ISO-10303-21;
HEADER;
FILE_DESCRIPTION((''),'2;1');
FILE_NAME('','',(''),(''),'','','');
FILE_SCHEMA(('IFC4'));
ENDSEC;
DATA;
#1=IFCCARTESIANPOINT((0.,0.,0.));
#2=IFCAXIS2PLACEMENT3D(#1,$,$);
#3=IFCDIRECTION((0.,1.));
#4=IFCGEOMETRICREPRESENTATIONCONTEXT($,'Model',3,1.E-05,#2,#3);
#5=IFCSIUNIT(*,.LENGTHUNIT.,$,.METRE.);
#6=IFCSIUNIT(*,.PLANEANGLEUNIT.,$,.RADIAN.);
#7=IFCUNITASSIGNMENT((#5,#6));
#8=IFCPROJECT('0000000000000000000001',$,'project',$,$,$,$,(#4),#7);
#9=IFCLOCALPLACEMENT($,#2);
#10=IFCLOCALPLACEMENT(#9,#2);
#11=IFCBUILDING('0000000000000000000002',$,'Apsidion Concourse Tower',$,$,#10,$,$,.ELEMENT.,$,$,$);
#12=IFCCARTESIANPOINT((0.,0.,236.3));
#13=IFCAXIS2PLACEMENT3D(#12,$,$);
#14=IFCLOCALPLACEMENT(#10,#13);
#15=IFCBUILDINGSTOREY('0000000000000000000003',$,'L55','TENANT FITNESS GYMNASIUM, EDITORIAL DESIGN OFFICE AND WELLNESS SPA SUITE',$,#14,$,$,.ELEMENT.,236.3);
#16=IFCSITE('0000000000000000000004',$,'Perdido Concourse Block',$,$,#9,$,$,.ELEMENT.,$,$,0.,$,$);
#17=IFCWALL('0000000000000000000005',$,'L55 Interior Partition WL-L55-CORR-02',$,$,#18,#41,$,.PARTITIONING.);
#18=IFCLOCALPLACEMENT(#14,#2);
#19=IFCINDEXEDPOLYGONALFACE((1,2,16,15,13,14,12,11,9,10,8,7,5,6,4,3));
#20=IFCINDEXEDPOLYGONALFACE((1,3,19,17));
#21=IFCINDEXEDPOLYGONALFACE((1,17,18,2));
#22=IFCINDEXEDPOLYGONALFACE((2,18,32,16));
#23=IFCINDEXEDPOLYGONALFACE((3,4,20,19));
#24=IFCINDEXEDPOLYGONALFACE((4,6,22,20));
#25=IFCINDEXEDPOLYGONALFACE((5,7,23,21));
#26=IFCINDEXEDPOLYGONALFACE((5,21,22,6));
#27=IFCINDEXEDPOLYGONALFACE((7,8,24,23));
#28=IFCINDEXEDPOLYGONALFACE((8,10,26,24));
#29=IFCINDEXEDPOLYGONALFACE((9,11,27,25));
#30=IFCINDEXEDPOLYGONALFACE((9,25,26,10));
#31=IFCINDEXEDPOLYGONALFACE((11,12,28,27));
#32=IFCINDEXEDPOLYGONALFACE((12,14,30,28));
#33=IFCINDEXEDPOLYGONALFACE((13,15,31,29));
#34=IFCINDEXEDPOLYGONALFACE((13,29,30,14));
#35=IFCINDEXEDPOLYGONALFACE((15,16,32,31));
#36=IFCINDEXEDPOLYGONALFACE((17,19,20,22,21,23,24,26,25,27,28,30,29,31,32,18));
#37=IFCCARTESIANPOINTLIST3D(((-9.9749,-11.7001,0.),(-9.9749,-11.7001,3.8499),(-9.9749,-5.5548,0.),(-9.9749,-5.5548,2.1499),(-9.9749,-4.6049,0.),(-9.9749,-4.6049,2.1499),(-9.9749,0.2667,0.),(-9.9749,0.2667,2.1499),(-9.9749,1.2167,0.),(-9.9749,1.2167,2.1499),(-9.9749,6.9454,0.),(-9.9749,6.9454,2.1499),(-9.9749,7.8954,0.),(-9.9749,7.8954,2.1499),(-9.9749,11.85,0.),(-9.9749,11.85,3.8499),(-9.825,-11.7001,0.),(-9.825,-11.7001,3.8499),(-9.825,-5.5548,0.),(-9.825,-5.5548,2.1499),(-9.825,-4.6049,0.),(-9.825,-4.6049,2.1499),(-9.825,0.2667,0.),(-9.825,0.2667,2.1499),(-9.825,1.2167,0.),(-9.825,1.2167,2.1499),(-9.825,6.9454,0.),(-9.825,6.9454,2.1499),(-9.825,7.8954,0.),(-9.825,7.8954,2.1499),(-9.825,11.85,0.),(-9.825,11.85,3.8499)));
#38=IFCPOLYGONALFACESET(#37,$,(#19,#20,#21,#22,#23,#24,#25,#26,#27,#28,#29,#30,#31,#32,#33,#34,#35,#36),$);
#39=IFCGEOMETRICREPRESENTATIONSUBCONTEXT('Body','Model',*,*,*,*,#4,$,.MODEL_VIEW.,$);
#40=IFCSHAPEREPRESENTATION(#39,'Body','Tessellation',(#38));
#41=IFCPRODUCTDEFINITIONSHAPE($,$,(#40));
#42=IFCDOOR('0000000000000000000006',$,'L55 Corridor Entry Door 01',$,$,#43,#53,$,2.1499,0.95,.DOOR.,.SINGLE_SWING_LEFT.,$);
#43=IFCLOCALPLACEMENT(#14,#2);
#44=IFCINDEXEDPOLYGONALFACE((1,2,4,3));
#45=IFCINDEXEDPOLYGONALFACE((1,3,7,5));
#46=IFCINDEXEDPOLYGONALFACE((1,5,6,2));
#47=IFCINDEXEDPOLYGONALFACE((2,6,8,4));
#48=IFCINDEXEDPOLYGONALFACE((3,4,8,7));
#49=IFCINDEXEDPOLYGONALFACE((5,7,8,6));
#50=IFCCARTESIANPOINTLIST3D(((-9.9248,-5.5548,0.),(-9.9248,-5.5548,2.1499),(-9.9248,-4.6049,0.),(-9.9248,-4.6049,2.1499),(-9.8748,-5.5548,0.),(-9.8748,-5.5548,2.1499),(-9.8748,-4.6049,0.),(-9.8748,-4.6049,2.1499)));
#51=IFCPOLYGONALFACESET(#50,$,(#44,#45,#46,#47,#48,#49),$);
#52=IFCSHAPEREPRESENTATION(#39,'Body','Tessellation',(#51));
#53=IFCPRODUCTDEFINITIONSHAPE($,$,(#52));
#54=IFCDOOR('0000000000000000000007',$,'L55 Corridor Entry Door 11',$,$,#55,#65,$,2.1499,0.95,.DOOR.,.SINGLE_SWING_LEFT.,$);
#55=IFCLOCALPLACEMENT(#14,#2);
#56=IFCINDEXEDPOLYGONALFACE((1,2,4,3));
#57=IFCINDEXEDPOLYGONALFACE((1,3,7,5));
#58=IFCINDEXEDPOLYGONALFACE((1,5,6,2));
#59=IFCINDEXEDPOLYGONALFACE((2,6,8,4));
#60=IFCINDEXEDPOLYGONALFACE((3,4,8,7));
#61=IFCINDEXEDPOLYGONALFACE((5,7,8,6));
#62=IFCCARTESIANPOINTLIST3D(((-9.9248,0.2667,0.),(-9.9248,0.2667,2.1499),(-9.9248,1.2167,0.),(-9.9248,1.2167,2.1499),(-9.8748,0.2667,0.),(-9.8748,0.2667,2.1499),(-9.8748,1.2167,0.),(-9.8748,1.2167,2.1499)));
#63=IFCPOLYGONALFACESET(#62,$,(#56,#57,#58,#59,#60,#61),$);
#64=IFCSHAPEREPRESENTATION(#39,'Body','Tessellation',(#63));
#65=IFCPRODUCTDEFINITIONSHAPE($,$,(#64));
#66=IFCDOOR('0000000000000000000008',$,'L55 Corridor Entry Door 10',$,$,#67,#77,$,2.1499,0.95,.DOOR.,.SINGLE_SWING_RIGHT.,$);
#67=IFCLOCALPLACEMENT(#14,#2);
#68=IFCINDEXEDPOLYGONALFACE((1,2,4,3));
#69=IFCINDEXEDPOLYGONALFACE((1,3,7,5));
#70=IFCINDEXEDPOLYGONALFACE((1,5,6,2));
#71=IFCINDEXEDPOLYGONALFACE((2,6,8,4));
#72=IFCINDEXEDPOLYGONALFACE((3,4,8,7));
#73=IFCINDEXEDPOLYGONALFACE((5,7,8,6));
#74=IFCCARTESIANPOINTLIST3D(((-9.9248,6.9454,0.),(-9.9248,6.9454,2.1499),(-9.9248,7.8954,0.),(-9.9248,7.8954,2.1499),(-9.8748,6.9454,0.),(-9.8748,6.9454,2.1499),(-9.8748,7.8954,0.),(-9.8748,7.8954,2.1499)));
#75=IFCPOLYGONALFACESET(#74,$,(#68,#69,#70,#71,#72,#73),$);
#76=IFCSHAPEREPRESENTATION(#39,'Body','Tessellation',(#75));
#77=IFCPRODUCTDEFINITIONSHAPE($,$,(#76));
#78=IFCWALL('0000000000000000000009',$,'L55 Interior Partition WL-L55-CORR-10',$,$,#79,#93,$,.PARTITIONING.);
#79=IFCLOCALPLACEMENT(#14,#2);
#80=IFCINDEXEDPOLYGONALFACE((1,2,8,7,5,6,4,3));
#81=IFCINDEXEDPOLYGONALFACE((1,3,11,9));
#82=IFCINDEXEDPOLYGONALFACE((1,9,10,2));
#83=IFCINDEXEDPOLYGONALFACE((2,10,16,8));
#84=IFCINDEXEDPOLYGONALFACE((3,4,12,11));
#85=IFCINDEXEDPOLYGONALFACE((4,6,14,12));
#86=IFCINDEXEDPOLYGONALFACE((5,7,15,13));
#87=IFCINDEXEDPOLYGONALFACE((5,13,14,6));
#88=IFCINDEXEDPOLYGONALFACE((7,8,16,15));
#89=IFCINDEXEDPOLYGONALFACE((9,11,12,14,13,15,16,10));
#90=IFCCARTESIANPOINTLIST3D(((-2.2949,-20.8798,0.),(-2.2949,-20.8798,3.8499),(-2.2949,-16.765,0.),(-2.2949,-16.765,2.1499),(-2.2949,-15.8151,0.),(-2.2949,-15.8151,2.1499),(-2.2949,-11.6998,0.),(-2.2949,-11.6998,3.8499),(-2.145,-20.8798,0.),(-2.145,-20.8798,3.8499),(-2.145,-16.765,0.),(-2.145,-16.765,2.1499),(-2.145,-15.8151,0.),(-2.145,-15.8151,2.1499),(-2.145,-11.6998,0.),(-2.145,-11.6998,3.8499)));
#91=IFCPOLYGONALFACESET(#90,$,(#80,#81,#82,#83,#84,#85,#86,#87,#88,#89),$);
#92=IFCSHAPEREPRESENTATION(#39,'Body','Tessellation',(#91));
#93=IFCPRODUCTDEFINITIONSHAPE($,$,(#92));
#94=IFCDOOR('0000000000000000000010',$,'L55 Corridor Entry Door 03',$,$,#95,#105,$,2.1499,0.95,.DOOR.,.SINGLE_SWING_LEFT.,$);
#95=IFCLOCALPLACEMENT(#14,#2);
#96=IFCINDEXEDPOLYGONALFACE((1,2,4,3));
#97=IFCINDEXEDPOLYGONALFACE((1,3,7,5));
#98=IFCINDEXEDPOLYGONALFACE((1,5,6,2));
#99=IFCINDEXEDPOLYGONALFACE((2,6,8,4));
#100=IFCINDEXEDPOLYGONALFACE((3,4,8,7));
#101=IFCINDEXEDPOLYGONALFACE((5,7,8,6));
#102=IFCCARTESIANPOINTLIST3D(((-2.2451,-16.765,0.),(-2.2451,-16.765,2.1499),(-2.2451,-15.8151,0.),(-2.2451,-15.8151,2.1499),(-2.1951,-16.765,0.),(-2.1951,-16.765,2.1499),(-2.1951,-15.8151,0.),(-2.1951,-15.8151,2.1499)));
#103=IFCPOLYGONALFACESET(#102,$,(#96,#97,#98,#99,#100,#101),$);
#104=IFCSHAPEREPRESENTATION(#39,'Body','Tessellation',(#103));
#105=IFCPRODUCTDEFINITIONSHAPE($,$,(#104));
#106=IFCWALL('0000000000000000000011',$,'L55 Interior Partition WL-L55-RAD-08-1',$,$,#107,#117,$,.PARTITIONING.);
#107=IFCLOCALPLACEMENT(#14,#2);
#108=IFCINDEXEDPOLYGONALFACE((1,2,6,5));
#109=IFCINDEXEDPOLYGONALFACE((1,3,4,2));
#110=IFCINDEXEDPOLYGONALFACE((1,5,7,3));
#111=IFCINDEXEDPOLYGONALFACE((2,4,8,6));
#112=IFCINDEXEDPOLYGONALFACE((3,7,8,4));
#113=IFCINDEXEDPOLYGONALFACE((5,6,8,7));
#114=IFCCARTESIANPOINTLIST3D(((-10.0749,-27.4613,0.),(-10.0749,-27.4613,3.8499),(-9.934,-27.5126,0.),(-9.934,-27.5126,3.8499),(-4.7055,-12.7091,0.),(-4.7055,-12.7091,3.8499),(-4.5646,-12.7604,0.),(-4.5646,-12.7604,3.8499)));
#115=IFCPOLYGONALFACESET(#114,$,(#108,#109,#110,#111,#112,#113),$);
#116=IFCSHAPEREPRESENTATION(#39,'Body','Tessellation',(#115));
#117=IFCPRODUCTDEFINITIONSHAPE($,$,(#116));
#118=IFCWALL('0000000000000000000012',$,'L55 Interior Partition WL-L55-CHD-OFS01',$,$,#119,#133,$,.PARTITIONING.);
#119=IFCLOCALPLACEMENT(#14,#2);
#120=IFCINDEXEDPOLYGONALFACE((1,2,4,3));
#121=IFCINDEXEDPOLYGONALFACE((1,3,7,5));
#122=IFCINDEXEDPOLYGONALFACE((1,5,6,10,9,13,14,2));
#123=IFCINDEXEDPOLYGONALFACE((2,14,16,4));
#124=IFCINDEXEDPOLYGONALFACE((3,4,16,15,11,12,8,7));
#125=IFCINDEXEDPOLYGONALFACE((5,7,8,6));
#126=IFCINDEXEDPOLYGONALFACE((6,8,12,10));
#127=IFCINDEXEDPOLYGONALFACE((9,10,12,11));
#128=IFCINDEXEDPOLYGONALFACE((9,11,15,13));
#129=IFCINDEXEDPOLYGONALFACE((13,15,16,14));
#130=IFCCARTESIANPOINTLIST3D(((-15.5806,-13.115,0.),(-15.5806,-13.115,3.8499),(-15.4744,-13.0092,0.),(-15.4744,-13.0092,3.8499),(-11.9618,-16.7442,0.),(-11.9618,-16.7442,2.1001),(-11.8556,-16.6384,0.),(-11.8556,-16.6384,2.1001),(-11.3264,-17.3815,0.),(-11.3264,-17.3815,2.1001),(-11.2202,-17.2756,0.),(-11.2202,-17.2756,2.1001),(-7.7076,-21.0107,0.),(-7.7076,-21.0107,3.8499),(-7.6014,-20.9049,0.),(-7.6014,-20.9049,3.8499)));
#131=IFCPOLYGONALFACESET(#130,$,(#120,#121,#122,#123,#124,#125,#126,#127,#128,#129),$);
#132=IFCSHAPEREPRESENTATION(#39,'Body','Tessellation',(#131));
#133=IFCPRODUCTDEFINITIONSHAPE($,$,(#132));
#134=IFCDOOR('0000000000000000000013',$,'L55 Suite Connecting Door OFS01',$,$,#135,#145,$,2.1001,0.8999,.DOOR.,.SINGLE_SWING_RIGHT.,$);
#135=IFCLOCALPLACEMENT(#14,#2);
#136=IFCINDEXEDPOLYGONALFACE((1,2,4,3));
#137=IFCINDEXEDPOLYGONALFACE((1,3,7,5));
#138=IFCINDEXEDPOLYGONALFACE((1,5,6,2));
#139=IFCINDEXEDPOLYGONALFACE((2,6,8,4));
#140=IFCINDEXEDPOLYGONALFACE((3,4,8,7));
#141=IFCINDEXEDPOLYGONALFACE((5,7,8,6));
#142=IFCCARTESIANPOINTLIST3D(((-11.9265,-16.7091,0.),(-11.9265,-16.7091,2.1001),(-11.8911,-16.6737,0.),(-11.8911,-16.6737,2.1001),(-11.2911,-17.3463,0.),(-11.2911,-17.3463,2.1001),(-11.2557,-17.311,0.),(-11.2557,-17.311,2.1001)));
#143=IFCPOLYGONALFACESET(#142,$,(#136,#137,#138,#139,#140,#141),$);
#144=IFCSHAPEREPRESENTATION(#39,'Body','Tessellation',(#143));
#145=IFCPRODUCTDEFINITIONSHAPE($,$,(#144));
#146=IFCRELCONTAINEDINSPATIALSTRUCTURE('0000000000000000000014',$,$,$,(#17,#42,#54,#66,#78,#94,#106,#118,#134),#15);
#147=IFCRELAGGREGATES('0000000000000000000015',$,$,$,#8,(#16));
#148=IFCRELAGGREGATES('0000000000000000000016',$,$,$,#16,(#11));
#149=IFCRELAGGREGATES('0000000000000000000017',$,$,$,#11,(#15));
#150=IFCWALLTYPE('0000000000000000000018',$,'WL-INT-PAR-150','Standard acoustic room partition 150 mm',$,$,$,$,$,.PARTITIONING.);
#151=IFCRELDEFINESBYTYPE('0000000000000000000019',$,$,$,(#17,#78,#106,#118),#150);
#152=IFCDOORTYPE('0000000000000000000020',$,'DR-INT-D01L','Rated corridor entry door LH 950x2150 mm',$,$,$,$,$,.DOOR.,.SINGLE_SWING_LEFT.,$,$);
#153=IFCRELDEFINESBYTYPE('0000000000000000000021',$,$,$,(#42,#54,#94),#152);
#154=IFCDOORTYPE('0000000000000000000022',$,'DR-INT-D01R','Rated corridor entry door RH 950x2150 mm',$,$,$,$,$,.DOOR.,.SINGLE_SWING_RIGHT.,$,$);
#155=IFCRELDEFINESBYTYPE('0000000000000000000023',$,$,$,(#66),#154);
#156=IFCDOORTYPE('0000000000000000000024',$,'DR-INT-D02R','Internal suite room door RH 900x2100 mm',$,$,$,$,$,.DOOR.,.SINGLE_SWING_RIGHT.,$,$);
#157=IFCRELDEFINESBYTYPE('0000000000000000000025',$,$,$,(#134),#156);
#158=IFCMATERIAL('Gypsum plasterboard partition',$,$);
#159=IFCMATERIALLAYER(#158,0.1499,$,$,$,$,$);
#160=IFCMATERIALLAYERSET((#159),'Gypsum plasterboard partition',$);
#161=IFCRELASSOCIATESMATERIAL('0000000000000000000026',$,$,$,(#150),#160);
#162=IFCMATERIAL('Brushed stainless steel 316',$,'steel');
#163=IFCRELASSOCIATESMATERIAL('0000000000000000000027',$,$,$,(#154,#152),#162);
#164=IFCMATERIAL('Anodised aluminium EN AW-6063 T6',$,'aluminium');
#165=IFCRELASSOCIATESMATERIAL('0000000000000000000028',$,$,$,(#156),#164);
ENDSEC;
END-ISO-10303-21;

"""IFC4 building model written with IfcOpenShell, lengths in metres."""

from ifc_helpers import new_model, si_unit, direction, frame, frame_2d, origin, place, context, subcontext, project, spatial, rectangle, extrude, material, layer, layer_set, type_object, element, fill, save


model = new_model("IFC4")

# Units and contexts
model_context = context("Model", 3, precision=1e-05, world=origin(), true_north=direction((0.0, 1.0)))
body_context = subcontext(model_context, "Body", "Model", "MODEL_VIEW")
ifc_project = project(units=[si_unit("LENGTHUNIT", "METRE"), si_unit("PLANEANGLEUNIT", "RADIAN")], contexts=[model_context])

# Site, building, storey
site_placement = place(None, origin())
site = spatial("IfcSite", under=ifc_project, at=site_placement, Name="Perdido Concourse Block", CompositionType="ELEMENT", RefElevation=0.0)
building_placement = place(site_placement, origin())
building = spatial("IfcBuilding", under=site, at=building_placement, Name="Apsidion Concourse Tower", CompositionType="ELEMENT")
storey_placement = place(building_placement, frame((0.0, 0.0, 236.3)))
storey = spatial("IfcBuildingStorey", under=building, at=storey_placement, Name="L55", Description="TENANT FITNESS GYMNASIUM, EDITORIAL DESIGN OFFICE AND WELLNESS SPA SUITE", CompositionType="ELEMENT", Elevation=236.3)

# Shared definitions
ifc_material_1 = material(Name="Gypsum plasterboard partition")
ifc_layer = layer(ifc_material_1, 0.1499)
ifc_layer_set = layer_set([ifc_layer], Name="Gypsum plasterboard partition")
wall_type = type_object("IfcWallType", Name="WL-INT-PAR-150", Description="Standard acoustic room partition 150 mm", PredefinedType="PARTITIONING", material=ifc_layer_set)
ifc_material_2 = material(Name="Brushed stainless steel 316", Category="steel")
door_type_1 = type_object("IfcDoorType", Name="DR-INT-D01R", Description="Rated corridor entry door RH 950x2150 mm", OperationType="SINGLE_SWING_RIGHT", PredefinedType="DOOR", material=ifc_material_2)

# Wall, openings, doors
wall_1_placement = place(storey_placement, frame((-9.8999, -11.7, 0.0), z_axis=(0.0, 0.0, 1.0), x_axis=(0.0, 1.0, 0.0)))
wall_1 = element("IfcWall", 1, at=wall_1_placement, inside=storey, type_object=wall_type, Name="L55 Interior Partition WL-L55-CORR-02", PredefinedType="PARTITIONING", context=body_context, shape_type="SweptSolid", body=[
    extrude(rectangle(XDim=23.55, YDim=0.1499, at=frame_2d((11.7749, 0.0))), origin(), (0.0, 0.0, 1.0), 3.8499),
])
opening_1_placement = place(wall_1_placement, frame((6.145, 0.0, 0.0)))
opening_1 = element("IfcOpeningElement", 2, at=opening_1_placement, cuts=wall_1, PredefinedType="OPENING", context=body_context, shape_type="SweptSolid", body=[
    extrude(rectangle(XDim=0.95, YDim=2.1499, at=frame_2d((0.4751, 1.075))), frame((0.0, 0.085, 0.0), z_axis=(0.0, -1.0, 0.0), x_axis=(1.0, 0.0, 0.0)), (0.0, 0.0, 1.0), 0.1699),
])
opening_2_placement = place(wall_1_placement, frame((18.6453, 0.0, 0.0)))
opening_2 = element("IfcOpeningElement", 3, at=opening_2_placement, cuts=wall_1, PredefinedType="OPENING", context=body_context, shape_type="SweptSolid", body=[
    extrude(rectangle(XDim=0.95, YDim=2.1499, at=frame_2d((0.4751, 1.075))), frame((0.0, 0.085, 0.0), z_axis=(0.0, -1.0, 0.0), x_axis=(1.0, 0.0, 0.0)), (0.0, 0.0, 1.0), 0.1699),
])
opening_3_placement = place(wall_1_placement, frame((11.9666, 0.0, 0.0)))
opening_3 = element("IfcOpeningElement", 4, at=opening_3_placement, cuts=wall_1, PredefinedType="OPENING", context=body_context, shape_type="SweptSolid", body=[
    extrude(rectangle(XDim=0.95, YDim=2.1499, at=frame_2d((0.4751, 1.075))), frame((0.0, 0.085, 0.0), z_axis=(0.0, -1.0, 0.0), x_axis=(1.0, 0.0, 0.0)), (0.0, 0.0, 1.0), 0.1699),
])
door_type_2 = type_object("IfcDoorType", Name="DR-INT-D01L", Description="Rated corridor entry door LH 950x2150 mm", OperationType="SINGLE_SWING_LEFT", PredefinedType="DOOR", material=ifc_material_2)
door_1_placement = place(opening_1_placement, origin())
door_1 = element("IfcDoor", 5, at=door_1_placement, inside=storey, type_object=door_type_2, Name="L55 Corridor Entry Door 01", OperationType="SINGLE_SWING_LEFT", OverallHeight=2.1499, OverallWidth=0.95, PredefinedType="DOOR", context=body_context, shape_type="SweptSolid", body=[
    extrude(rectangle(XDim=0.95, YDim=2.1499, at=frame_2d((0.4751, 1.075))), frame((0.0, 0.0249, 0.0), z_axis=(0.0, -1.0, 0.0), x_axis=(1.0, 0.0, 0.0)), (0.0, 0.0, 1.0), 0.05),
])
fill(opening_1, door_1)
door_2_placement = place(opening_3_placement, origin())
door_2 = element("IfcDoor", 6, at=door_2_placement, inside=storey, type_object=door_type_2, Name="L55 Corridor Entry Door 11", OperationType="SINGLE_SWING_LEFT", OverallHeight=2.1499, OverallWidth=0.95, PredefinedType="DOOR", context=body_context, shape_type="SweptSolid", body=[
    extrude(rectangle(XDim=0.95, YDim=2.1499, at=frame_2d((0.4751, 1.075))), frame((0.0, 0.0249, 0.0), z_axis=(0.0, -1.0, 0.0), x_axis=(1.0, 0.0, 0.0)), (0.0, 0.0, 1.0), 0.05),
])
fill(opening_3, door_2)
door_3_placement = place(opening_2_placement, origin())
door_3 = element("IfcDoor", 7, at=door_3_placement, inside=storey, type_object=door_type_1, Name="L55 Corridor Entry Door 10", OperationType="SINGLE_SWING_RIGHT", OverallHeight=2.1499, OverallWidth=0.95, PredefinedType="DOOR", context=body_context, shape_type="SweptSolid", body=[
    extrude(rectangle(XDim=0.95, YDim=2.1499, at=frame_2d((0.4751, 1.075))), frame((0.0, 0.0249, 0.0), z_axis=(0.0, -1.0, 0.0), x_axis=(1.0, 0.0, 0.0)), (0.0, 0.0, 1.0), 0.05),
])
fill(opening_2, door_3)

# Wall, opening, door
wall_2_placement = place(storey_placement, frame((-2.22, -11.7, 0.0), z_axis=(0.0, 0.0, 1.0), x_axis=(0.0, -1.0, 0.0)))
wall_2 = element("IfcWall", 8, at=wall_2_placement, inside=storey, type_object=wall_type, Name="L55 Interior Partition WL-L55-CORR-10", PredefinedType="PARTITIONING", context=body_context, shape_type="SweptSolid", body=[
    extrude(rectangle(XDim=9.1799, YDim=0.1499, at=frame_2d((4.5898, 0.0))), origin(), (0.0, 0.0, 1.0), 3.8499),
])
opening_4_placement = place(wall_2_placement, frame((4.115, 0.0, 0.0)))
opening_4 = element("IfcOpeningElement", 9, at=opening_4_placement, cuts=wall_2, PredefinedType="OPENING", context=body_context, shape_type="SweptSolid", body=[
    extrude(rectangle(XDim=0.95, YDim=2.1499, at=frame_2d((0.4751, 1.075))), frame((0.0, 0.085, 0.0), z_axis=(0.0, -1.0, 0.0), x_axis=(1.0, 0.0, 0.0)), (0.0, 0.0, 1.0), 0.1699),
])
door_4_placement = place(opening_4_placement, origin())
door_4 = element("IfcDoor", 10, at=door_4_placement, inside=storey, type_object=door_type_2, Name="L55 Corridor Entry Door 03", OperationType="SINGLE_SWING_LEFT", OverallHeight=2.1499, OverallWidth=0.95, PredefinedType="DOOR", context=body_context, shape_type="SweptSolid", body=[
    extrude(rectangle(XDim=0.95, YDim=2.1499, at=frame_2d((0.4751, 1.075))), frame((0.0, 0.0249, 0.0), z_axis=(0.0, -1.0, 0.0), x_axis=(1.0, 0.0, 0.0)), (0.0, 0.0, 1.0), 0.05),
])
fill(opening_4, door_4)

# Wall
wall_3_placement = place(storey_placement, frame((-4.635, -12.7346, 0.0), z_axis=(0.0, 0.0, 1.0), x_axis=(-0.342021, -0.939692, 0.0)))
element("IfcWall", 11, at=wall_3_placement, inside=storey, type_object=wall_type, Name="L55 Interior Partition WL-L55-RAD-08-1", PredefinedType="PARTITIONING", context=body_context, shape_type="SweptSolid", body=[
    extrude(rectangle(XDim=15.699, YDim=0.1499, at=frame_2d((7.8496, 0.0))), origin(), (0.0, 0.0, 1.0), 3.8499),
])

# Wall, opening, door
wall_4_placement = place(storey_placement, frame((-15.5276, -13.062, 0.0), z_axis=(0.0, 0.0, 1.0), x_axis=(0.706088, -0.708124, 0.0)))
wall_4 = element("IfcWall", 12, at=wall_4_placement, inside=storey, type_object=wall_type, Name="L55 Interior Partition WL-L55-CHD-OFS01", PredefinedType="PARTITIONING", context=body_context, shape_type="SweptSolid", body=[
    extrude(rectangle(XDim=11.1501, YDim=0.1499, at=frame_2d((5.5752, 0.0))), origin(), (0.0, 0.0, 1.0), 3.8499),
])
opening_5_placement = place(wall_4_placement, frame((5.1252, 0.0, 0.0)))
opening_5 = element("IfcOpeningElement", 13, at=opening_5_placement, cuts=wall_4, PredefinedType="OPENING", context=body_context, shape_type="SweptSolid", body=[
    extrude(rectangle(XDim=0.8999, YDim=2.1001, at=frame_2d((0.45, 1.05))), frame((0.0, 0.085, 0.0), z_axis=(0.0, -1.0, 0.0), x_axis=(1.0, 0.0, 0.0)), (0.0, 0.0, 1.0), 0.1699),
])
ifc_material_3 = material(Name="Anodised aluminium EN AW-6063 T6", Category="aluminium")
door_type_3 = type_object("IfcDoorType", Name="DR-INT-D02R", Description="Internal suite room door RH 900x2100 mm", OperationType="SINGLE_SWING_RIGHT", PredefinedType="DOOR", material=ifc_material_3)
door_5_placement = place(opening_5_placement, origin())
door_5 = element("IfcDoor", 14, at=door_5_placement, inside=storey, type_object=door_type_3, Name="L55 Suite Connecting Door OFS01", OperationType="SINGLE_SWING_RIGHT", OverallHeight=2.1001, OverallWidth=0.8999, PredefinedType="DOOR", context=body_context, shape_type="SweptSolid", body=[
    extrude(rectangle(XDim=0.8999, YDim=2.1001, at=frame_2d((0.45, 1.05))), frame((0.0, 0.0249, 0.0), z_axis=(0.0, -1.0, 0.0), x_axis=(1.0, 0.0, 0.0)), (0.0, 0.0, 1.0), 0.05),
])
fill(opening_5, door_5)

save(model, "model.ifc")
